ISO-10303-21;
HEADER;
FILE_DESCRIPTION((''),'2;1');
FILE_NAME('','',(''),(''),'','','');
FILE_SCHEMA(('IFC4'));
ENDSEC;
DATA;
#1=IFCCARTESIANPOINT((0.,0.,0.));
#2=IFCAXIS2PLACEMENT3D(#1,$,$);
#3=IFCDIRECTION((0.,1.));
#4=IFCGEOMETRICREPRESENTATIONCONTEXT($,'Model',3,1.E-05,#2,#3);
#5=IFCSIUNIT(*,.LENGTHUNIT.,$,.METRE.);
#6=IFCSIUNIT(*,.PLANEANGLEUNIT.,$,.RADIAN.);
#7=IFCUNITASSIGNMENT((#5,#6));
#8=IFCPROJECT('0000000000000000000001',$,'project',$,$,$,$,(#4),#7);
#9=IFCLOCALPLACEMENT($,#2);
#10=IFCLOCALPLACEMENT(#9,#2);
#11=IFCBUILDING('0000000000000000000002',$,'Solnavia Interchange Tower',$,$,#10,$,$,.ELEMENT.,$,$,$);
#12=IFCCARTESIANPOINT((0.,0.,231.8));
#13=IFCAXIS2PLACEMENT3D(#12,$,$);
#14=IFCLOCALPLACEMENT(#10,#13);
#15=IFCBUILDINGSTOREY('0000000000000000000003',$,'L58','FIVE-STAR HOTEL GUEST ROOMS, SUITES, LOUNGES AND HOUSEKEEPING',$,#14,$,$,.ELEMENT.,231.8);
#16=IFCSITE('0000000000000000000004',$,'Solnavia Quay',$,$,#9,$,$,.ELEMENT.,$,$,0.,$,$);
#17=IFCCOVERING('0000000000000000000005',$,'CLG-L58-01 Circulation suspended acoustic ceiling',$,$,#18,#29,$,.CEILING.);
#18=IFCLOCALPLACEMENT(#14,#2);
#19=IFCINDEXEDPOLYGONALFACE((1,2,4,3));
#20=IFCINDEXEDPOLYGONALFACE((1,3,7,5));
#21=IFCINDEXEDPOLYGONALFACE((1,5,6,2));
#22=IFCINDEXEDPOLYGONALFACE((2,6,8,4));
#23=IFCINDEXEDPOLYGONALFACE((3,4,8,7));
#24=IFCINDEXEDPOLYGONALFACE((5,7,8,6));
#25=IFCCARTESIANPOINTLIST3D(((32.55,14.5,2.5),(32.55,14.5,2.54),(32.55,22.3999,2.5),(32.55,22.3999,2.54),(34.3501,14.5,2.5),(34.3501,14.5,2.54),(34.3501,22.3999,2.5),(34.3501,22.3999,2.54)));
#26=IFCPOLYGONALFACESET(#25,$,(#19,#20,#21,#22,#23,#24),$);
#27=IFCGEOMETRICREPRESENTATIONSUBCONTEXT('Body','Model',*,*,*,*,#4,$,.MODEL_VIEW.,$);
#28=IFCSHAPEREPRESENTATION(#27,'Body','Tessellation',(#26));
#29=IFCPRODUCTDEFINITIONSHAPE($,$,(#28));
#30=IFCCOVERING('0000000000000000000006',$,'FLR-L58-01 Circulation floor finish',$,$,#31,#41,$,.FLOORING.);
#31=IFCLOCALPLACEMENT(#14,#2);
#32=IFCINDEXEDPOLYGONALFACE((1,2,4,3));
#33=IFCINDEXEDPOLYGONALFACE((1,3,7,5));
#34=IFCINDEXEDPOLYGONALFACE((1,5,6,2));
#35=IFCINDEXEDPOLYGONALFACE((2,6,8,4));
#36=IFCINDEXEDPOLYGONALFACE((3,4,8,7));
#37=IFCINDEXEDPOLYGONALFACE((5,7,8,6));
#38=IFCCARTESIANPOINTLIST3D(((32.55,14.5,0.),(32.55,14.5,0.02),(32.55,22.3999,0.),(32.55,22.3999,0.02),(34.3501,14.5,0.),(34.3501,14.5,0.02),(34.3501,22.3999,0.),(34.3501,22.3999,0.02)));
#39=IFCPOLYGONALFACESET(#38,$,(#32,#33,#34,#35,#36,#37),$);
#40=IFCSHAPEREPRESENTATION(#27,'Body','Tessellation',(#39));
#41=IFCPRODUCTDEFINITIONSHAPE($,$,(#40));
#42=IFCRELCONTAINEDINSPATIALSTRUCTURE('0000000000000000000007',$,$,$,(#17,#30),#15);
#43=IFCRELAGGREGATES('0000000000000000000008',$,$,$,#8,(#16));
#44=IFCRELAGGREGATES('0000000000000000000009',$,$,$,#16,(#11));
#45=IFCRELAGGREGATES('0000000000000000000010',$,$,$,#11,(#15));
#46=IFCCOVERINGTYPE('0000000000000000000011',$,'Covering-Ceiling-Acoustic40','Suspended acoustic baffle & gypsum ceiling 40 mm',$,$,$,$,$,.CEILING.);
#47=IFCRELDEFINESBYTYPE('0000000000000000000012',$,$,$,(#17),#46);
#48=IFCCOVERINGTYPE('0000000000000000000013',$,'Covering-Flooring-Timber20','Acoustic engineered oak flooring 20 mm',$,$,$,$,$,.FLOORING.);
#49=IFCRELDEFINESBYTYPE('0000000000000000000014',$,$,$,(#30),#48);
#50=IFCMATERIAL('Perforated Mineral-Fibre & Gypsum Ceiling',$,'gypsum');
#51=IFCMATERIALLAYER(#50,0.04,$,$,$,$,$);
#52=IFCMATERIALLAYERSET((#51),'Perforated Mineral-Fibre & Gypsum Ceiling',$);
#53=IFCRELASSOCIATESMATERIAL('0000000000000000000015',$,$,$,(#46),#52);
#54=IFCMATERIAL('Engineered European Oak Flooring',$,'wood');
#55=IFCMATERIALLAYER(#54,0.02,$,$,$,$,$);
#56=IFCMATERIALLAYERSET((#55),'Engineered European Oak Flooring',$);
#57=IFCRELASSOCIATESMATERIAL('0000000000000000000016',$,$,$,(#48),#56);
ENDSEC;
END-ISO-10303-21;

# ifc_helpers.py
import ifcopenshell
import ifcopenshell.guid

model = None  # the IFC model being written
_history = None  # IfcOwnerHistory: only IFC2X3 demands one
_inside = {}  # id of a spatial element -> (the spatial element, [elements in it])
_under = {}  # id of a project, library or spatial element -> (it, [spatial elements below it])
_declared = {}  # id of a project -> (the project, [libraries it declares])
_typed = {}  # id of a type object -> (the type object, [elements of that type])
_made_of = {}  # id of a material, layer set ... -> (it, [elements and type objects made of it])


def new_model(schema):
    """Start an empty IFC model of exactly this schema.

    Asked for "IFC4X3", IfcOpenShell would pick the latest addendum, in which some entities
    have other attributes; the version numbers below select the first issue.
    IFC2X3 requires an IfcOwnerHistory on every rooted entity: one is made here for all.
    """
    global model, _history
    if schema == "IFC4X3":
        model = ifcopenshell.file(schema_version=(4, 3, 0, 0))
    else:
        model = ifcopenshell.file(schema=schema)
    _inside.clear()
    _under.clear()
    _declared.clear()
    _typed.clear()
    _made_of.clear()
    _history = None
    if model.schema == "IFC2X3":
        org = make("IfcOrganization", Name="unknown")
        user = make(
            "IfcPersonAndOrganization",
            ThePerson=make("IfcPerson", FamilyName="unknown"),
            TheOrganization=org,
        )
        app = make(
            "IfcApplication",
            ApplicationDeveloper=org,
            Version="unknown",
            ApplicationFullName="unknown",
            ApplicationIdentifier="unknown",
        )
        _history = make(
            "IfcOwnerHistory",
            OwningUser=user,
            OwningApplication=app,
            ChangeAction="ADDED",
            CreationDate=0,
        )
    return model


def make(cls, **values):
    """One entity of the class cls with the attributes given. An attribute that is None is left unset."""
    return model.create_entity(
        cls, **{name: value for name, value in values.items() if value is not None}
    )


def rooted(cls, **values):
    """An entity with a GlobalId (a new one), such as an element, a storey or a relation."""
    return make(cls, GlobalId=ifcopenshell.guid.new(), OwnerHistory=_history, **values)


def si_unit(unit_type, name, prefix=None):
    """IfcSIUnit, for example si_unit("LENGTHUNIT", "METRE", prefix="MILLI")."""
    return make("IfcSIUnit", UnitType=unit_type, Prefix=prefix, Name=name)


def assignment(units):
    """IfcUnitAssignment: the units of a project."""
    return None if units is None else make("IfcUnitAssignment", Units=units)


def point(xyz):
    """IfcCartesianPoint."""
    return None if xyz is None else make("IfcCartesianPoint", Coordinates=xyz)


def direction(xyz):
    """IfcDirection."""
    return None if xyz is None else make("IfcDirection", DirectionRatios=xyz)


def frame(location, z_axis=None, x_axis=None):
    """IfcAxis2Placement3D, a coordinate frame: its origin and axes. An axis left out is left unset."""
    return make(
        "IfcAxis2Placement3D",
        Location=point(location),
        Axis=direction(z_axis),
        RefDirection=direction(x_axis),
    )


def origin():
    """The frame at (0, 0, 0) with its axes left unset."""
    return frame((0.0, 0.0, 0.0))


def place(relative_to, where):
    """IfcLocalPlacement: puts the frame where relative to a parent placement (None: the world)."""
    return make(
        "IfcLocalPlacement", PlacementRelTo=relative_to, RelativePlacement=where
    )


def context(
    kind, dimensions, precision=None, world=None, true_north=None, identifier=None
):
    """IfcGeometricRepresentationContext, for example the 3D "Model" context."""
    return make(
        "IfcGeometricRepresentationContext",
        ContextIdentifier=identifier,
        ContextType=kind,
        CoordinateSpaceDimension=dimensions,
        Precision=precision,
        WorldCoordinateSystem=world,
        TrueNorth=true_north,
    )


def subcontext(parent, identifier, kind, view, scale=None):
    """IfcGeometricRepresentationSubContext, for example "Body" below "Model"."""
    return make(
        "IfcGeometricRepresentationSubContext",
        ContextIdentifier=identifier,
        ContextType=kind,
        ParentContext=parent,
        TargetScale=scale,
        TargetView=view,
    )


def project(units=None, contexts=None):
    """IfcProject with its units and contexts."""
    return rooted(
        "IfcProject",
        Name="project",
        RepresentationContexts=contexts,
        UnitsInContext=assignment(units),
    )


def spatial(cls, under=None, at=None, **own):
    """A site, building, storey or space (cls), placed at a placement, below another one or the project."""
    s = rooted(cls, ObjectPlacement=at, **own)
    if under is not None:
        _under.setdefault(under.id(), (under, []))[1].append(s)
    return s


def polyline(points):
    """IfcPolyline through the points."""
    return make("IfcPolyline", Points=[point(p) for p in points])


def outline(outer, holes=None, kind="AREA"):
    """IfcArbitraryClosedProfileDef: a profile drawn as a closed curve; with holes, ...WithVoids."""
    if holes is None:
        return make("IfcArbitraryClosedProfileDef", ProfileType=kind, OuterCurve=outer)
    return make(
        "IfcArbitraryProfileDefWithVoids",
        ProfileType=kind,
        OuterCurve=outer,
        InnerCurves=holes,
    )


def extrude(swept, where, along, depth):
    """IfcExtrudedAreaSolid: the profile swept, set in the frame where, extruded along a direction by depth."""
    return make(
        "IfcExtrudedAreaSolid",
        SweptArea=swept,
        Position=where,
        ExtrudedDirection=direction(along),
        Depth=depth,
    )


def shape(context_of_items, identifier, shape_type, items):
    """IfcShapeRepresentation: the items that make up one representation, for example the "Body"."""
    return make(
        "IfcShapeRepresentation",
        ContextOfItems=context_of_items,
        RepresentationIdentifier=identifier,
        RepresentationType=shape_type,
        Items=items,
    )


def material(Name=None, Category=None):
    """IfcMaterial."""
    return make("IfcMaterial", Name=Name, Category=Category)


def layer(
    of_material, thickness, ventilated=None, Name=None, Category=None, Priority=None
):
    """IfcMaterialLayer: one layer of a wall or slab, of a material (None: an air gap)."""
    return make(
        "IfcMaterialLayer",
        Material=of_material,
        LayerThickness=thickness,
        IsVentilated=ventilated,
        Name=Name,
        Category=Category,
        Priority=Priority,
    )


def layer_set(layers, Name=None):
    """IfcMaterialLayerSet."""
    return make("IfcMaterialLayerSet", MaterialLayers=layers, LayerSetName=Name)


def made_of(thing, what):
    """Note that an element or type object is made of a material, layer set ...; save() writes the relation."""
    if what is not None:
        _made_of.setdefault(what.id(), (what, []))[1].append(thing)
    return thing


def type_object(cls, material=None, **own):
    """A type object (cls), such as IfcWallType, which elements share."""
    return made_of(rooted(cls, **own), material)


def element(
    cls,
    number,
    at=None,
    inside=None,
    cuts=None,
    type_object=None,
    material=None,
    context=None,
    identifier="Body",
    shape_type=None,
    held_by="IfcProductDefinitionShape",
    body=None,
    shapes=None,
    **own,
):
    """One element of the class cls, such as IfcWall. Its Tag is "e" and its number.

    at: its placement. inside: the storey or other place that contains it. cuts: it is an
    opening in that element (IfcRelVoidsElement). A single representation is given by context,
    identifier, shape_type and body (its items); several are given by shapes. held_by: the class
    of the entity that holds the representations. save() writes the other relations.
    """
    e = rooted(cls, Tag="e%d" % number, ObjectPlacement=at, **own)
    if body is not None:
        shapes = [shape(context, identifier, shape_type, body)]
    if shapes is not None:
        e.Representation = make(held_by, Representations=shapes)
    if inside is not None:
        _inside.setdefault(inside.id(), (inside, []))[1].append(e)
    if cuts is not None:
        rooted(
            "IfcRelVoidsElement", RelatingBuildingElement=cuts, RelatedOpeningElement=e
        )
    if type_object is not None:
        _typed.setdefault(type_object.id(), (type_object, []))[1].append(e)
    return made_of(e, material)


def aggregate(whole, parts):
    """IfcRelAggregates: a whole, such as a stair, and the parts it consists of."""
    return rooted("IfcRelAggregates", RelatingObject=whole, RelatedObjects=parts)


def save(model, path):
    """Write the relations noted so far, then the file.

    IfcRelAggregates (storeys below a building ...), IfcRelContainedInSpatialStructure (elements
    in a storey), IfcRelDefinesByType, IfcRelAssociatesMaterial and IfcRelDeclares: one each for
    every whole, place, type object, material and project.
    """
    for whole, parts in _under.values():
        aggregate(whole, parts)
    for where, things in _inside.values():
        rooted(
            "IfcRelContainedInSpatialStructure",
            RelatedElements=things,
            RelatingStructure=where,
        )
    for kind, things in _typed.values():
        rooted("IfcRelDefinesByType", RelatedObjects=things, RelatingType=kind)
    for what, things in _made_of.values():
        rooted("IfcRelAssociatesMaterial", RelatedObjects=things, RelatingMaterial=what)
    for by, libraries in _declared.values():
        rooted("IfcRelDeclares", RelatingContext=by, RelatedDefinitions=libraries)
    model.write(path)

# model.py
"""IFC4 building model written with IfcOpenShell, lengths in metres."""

from ifc_helpers import new_model, si_unit, direction, frame, origin, place, context, subcontext, project, spatial, polyline, outline, extrude, material, layer, layer_set, type_object, element, save


model = new_model("IFC4")

# Units and contexts
model_context = context("Model", 3, precision=1e-05, world=origin(), true_north=direction((0.0, 1.0)))
body_context = subcontext(model_context, "Body", "Model", "MODEL_VIEW")
ifc_project = project(units=[si_unit("LENGTHUNIT", "METRE"), si_unit("PLANEANGLEUNIT", "RADIAN")], contexts=[model_context])

# Site, building, storey
site_placement = place(None, origin())
site = spatial("IfcSite", under=ifc_project, at=site_placement, Name="Solnavia Quay", CompositionType="ELEMENT", RefElevation=0.0)
building_placement = place(site_placement, origin())
building = spatial("IfcBuilding", under=site, at=building_placement, Name="Solnavia Interchange Tower", CompositionType="ELEMENT")
storey_placement = place(building_placement, frame((0.0, 0.0, 231.8)))
storey = spatial("IfcBuildingStorey", under=building, at=storey_placement, Name="L58", Description="FIVE-STAR HOTEL GUEST ROOMS, SUITES, LOUNGES AND HOUSEKEEPING", CompositionType="ELEMENT", Elevation=231.8)

# Coverings
ifc_material_1 = material(Name="Perforated Mineral-Fibre & Gypsum Ceiling", Category="gypsum")
ifc_layer_1 = layer(ifc_material_1, 0.04)
ifc_layer_set_1 = layer_set([ifc_layer_1], Name="Perforated Mineral-Fibre & Gypsum Ceiling")
covering_type_1 = type_object("IfcCoveringType", Name="Covering-Ceiling-Acoustic40", Description="Suspended acoustic baffle & gypsum ceiling 40 mm", PredefinedType="CEILING", material=ifc_layer_set_1)
covering_1_placement = place(storey_placement, frame((0.0, 0.0, 2.5)))
element("IfcCovering", 1, at=covering_1_placement, inside=storey, type_object=covering_type_1, Name="CLG-L58-01 Circulation suspended acoustic ceiling", PredefinedType="CEILING", context=body_context, shape_type="SweptSolid", body=[
    extrude(outline(polyline([(32.55, 14.5), (34.3501, 14.5), (34.3501, 22.3999), (32.55, 22.3999), (32.55, 14.5)])), origin(), (0.0, 0.0, 1.0), 0.04),
])
ifc_material_2 = material(Name="Engineered European Oak Flooring", Category="wood")
ifc_layer_2 = layer(ifc_material_2, 0.02)
ifc_layer_set_2 = layer_set([ifc_layer_2], Name="Engineered European Oak Flooring")
covering_type_2 = type_object("IfcCoveringType", Name="Covering-Flooring-Timber20", Description="Acoustic engineered oak flooring 20 mm", PredefinedType="FLOORING", material=ifc_layer_set_2)
covering_2_placement = place(storey_placement, origin())
element("IfcCovering", 2, at=covering_2_placement, inside=storey, type_object=covering_type_2, Name="FLR-L58-01 Circulation floor finish", PredefinedType="FLOORING", context=body_context, shape_type="SweptSolid", body=[
    extrude(outline(polyline([(32.55, 14.5), (34.3501, 14.5), (34.3501, 22.3999), (32.55, 22.3999), (32.55, 14.5)])), origin(), (0.0, 0.0, 1.0), 0.02),
])

save(model, "model.ifc")
